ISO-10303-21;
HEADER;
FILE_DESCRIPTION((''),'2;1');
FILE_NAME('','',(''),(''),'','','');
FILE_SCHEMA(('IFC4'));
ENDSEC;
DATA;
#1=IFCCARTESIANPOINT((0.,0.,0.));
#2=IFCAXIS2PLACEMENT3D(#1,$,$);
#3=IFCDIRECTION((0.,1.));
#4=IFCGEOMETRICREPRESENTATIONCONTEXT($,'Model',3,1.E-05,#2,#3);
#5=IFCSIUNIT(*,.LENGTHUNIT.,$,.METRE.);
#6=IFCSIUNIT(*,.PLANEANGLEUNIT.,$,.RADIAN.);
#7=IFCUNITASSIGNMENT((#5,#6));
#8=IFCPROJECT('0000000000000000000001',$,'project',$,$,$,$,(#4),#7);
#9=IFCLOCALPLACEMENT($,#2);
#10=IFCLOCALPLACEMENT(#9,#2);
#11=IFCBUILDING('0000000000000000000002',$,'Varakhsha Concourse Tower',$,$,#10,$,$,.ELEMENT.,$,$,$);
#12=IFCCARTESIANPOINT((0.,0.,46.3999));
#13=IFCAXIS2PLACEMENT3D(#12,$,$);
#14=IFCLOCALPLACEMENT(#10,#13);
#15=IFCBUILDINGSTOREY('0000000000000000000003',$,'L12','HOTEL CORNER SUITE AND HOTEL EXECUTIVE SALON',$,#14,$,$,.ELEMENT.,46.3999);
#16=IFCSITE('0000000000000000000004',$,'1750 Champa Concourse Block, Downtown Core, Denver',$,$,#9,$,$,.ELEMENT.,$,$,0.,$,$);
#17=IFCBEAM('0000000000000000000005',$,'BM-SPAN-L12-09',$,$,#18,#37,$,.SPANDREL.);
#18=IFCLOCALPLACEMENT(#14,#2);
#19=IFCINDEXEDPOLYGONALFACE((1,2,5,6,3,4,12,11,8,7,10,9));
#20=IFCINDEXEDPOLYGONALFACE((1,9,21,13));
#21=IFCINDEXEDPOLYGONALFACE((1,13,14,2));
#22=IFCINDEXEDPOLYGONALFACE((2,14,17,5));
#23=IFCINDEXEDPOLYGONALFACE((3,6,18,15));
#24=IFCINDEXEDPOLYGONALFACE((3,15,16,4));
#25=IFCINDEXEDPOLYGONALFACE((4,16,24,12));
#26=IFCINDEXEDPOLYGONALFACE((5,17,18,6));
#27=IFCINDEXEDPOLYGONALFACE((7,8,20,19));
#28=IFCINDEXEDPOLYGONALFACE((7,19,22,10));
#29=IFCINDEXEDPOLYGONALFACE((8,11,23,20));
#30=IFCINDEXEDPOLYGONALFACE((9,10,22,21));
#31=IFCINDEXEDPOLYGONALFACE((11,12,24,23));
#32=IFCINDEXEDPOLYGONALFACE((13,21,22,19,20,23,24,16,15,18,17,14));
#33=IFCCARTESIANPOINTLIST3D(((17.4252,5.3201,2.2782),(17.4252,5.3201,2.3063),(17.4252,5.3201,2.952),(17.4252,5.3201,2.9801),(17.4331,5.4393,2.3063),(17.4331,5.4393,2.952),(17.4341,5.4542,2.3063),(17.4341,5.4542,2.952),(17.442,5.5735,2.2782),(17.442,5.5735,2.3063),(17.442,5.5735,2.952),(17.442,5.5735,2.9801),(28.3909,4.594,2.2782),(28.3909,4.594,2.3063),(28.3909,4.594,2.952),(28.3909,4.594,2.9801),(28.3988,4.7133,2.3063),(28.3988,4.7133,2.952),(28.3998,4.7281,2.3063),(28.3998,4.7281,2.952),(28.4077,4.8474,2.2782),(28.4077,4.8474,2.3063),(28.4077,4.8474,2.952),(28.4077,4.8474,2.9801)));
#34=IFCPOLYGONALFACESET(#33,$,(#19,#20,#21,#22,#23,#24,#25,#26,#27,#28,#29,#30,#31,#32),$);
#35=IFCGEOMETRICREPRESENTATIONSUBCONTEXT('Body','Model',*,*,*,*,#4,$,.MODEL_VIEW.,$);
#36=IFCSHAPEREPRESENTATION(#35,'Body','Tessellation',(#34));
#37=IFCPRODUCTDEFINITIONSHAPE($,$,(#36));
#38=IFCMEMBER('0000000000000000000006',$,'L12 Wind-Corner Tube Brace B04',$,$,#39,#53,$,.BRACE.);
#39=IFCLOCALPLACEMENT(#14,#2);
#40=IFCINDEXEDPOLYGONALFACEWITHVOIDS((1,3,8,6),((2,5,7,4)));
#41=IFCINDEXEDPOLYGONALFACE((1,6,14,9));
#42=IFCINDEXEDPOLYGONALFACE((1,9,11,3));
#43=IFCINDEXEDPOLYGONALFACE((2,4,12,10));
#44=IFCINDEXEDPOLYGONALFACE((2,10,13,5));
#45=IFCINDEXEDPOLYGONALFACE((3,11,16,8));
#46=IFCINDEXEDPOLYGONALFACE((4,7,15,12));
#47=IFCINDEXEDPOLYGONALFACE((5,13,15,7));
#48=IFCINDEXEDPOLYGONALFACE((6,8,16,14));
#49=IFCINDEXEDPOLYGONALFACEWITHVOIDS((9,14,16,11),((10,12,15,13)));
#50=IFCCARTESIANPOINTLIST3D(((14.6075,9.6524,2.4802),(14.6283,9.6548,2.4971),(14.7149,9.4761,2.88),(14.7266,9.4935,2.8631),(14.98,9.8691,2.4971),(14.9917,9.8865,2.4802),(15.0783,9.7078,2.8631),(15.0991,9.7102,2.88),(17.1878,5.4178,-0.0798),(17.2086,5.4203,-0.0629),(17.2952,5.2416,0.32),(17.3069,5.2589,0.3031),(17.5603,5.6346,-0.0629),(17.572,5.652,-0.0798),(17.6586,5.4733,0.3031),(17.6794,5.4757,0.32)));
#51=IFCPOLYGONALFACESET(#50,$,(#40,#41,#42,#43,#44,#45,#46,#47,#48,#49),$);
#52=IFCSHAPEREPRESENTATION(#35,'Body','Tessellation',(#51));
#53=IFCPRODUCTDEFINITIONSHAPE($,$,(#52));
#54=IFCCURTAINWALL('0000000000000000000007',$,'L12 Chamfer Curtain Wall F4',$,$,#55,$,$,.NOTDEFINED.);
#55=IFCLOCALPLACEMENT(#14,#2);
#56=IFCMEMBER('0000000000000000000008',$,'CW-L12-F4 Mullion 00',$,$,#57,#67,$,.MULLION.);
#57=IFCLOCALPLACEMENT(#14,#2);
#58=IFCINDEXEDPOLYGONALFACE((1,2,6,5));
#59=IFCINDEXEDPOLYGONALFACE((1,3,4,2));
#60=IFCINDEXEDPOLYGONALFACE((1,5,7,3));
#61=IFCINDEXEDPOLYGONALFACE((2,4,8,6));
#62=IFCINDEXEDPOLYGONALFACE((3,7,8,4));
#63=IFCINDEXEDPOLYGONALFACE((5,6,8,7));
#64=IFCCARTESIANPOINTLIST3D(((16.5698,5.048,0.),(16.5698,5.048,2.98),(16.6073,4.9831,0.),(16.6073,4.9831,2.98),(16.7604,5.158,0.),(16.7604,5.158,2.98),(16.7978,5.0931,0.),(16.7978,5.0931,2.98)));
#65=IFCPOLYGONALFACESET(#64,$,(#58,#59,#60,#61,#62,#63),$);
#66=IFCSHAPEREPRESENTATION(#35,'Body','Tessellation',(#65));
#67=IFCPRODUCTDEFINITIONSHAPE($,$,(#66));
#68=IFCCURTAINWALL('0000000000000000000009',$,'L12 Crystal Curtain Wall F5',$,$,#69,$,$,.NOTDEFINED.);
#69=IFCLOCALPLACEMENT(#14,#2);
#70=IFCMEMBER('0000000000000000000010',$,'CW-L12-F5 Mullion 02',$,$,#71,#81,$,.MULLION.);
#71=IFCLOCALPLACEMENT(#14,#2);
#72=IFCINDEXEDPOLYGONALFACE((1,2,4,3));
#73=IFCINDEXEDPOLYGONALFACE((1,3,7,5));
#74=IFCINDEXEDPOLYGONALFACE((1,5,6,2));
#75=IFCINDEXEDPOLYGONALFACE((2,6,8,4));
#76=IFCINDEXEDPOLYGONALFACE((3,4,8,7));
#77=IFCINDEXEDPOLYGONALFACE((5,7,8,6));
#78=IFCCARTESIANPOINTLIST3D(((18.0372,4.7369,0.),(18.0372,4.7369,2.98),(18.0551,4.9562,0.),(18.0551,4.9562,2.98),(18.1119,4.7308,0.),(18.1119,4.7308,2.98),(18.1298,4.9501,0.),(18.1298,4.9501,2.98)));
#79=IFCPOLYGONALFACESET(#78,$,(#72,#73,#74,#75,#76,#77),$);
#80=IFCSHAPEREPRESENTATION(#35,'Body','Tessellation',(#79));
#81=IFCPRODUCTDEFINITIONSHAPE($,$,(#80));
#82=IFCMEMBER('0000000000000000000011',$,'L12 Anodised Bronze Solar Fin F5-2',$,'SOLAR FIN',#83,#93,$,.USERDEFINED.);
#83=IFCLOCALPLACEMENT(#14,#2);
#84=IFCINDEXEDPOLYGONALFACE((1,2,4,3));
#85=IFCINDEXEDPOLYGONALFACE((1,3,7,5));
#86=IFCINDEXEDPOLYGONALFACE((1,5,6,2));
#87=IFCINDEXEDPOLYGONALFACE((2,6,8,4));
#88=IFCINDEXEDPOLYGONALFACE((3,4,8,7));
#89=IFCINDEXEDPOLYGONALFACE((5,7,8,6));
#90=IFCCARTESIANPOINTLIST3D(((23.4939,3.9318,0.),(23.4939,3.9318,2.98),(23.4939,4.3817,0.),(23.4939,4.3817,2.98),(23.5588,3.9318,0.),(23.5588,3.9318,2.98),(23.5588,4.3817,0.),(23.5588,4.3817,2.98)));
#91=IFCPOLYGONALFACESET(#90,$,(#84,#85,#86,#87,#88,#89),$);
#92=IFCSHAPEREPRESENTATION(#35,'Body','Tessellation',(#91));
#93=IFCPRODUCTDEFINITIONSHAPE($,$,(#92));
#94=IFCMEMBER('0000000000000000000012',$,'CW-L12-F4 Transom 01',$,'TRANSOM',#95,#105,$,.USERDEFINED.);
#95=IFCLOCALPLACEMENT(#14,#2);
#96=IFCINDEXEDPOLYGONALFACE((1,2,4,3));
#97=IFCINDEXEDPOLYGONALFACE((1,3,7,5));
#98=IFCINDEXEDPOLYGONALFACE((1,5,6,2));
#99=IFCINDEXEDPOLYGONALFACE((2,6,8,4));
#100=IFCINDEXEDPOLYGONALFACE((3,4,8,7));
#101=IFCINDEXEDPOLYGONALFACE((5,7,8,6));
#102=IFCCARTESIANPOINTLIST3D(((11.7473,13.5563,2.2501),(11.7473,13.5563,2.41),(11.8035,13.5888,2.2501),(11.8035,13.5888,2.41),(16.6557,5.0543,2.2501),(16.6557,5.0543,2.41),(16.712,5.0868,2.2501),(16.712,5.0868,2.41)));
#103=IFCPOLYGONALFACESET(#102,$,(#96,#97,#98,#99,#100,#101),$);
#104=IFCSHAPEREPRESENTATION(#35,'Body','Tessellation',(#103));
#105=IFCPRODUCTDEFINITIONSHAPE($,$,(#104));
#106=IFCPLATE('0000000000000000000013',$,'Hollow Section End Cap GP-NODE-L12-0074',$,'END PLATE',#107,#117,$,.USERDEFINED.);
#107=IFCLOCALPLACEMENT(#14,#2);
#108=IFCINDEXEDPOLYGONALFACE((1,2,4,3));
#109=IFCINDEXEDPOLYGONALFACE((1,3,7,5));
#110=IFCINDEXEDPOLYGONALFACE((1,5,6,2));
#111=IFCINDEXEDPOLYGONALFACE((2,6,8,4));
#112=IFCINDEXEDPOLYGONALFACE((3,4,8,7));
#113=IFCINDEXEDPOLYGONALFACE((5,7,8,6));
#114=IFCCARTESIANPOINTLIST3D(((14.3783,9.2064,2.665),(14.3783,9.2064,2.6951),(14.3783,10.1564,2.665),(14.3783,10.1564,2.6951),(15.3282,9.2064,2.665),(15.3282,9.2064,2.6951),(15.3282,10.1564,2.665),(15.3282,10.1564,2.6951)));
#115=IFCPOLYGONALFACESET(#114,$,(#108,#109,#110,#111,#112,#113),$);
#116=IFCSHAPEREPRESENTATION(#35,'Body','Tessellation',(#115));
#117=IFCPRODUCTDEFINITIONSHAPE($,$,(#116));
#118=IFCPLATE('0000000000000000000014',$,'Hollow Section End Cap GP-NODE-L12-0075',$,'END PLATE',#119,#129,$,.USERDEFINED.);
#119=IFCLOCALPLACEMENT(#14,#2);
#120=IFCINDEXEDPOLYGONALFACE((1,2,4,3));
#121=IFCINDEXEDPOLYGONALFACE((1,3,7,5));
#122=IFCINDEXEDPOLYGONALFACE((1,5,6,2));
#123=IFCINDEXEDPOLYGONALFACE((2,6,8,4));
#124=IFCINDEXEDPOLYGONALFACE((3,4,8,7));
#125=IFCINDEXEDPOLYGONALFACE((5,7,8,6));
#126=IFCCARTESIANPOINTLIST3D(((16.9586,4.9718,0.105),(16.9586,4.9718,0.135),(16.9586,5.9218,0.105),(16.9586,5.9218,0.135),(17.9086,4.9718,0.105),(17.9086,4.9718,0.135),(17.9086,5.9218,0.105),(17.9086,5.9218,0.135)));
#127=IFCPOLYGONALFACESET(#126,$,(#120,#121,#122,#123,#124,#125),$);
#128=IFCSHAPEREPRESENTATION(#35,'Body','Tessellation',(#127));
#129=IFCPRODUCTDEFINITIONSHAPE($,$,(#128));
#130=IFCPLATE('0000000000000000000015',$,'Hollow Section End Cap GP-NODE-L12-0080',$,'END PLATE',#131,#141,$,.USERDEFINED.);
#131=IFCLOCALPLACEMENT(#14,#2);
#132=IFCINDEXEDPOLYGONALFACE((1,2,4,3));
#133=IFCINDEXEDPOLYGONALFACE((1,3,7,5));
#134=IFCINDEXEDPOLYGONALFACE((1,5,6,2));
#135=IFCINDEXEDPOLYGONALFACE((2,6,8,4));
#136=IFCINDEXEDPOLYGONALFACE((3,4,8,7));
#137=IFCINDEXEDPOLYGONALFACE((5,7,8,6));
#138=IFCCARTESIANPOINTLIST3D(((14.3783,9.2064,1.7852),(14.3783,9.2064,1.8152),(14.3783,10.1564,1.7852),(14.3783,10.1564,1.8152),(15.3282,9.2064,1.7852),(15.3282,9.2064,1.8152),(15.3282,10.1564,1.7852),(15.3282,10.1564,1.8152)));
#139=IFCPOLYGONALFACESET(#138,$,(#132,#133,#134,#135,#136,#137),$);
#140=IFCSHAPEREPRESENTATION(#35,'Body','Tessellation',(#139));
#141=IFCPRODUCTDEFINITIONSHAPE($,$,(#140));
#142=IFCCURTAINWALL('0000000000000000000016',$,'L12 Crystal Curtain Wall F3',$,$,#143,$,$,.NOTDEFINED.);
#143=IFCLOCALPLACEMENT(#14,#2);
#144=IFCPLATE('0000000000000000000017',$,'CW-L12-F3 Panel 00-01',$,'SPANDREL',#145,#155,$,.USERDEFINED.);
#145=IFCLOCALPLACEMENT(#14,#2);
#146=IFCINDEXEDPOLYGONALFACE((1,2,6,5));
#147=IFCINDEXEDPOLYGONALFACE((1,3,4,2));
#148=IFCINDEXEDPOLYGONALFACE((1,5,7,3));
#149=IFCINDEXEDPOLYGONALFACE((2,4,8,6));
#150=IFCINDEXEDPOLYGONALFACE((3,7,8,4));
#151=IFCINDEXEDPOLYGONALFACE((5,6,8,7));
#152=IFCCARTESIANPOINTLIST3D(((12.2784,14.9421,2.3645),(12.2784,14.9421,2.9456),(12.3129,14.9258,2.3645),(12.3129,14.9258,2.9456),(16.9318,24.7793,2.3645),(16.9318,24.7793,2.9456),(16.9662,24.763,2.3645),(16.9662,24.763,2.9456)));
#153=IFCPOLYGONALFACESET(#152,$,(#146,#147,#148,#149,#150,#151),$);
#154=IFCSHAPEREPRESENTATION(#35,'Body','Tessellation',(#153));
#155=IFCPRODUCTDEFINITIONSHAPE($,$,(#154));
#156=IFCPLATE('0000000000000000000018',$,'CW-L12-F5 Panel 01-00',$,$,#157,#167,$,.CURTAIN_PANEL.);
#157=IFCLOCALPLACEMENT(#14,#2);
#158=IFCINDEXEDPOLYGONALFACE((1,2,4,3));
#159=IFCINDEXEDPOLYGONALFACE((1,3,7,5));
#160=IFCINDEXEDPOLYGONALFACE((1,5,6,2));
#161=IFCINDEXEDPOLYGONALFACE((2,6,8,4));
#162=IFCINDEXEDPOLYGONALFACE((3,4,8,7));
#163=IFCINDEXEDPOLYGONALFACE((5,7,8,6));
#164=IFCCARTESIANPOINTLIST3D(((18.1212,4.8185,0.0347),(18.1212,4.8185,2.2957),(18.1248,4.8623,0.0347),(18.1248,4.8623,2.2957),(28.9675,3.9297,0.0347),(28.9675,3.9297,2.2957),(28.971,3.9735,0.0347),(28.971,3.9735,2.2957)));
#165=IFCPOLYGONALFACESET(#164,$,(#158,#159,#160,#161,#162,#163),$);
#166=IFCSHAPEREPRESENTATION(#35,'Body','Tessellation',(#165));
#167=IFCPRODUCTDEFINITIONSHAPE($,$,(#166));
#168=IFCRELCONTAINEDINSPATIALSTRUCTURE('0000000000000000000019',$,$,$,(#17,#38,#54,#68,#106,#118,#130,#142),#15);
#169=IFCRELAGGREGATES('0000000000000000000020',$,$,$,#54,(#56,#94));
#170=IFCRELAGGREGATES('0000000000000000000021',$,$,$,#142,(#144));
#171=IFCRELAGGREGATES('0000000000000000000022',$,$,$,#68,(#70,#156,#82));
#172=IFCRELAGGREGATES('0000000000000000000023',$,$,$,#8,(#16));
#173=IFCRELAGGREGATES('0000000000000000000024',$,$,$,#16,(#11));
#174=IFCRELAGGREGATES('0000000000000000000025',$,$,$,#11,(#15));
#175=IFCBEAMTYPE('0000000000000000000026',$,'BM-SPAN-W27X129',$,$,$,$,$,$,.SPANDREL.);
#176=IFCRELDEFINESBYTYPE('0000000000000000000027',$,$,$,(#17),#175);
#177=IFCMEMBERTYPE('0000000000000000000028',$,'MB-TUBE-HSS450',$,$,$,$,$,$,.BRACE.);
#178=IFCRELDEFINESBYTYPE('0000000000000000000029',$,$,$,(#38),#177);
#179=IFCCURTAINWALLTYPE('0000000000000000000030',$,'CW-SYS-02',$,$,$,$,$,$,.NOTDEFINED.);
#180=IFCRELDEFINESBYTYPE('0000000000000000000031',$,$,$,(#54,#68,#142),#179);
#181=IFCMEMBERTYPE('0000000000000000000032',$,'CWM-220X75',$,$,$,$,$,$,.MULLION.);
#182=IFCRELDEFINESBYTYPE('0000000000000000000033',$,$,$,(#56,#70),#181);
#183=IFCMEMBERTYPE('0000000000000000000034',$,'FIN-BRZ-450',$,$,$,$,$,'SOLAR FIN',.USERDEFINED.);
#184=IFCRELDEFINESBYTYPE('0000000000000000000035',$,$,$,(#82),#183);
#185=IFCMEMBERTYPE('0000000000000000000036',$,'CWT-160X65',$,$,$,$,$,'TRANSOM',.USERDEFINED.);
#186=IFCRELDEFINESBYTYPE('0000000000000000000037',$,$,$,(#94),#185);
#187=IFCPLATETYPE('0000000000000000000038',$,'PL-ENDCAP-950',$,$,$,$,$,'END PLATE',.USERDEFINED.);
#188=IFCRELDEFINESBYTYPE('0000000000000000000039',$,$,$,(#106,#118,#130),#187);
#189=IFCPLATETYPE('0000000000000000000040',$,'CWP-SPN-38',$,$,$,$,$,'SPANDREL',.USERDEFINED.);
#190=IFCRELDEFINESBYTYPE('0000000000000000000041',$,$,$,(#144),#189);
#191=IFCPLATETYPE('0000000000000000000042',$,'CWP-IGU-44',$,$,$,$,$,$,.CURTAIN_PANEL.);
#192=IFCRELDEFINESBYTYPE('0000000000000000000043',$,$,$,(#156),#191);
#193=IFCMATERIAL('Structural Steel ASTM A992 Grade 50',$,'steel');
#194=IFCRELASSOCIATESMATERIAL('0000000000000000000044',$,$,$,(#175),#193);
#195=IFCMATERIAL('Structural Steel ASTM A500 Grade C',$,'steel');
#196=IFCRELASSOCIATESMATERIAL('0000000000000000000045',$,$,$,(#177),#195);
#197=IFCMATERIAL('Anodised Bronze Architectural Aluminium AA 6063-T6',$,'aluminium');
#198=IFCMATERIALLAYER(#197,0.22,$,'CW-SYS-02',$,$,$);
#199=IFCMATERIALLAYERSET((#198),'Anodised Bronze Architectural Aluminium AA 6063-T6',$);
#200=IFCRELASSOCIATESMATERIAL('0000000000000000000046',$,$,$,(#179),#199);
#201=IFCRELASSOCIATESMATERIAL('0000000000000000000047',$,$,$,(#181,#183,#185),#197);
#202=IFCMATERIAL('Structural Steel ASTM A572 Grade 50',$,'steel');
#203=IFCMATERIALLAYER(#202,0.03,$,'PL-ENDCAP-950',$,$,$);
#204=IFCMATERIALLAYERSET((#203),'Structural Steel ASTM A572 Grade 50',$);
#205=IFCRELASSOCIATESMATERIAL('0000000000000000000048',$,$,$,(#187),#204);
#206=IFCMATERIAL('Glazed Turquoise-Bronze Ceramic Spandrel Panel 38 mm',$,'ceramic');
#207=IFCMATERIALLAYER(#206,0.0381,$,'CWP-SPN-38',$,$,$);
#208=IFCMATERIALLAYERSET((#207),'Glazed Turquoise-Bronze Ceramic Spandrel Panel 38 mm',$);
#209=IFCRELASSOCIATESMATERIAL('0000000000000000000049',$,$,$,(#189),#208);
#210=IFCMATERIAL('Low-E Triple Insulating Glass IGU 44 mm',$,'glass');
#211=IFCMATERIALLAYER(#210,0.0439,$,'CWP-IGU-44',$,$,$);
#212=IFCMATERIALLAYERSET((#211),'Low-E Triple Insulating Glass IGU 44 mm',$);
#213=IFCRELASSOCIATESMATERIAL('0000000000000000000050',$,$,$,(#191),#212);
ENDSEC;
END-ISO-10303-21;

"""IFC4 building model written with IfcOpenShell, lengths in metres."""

from ifc_helpers import new_model, si_unit, direction, frame, origin, origin_2d, place, context, subcontext, project, spatial, rectangle, hollow_rectangle, i_section, extrude, source, transform, mapped, material, layer, layer_set, material_profile, profile_set, type_object, type_shapes, element, aggregate, save


model = new_model("IFC4")

# Units and contexts
model_context = context("Model", 3, precision=1e-05, world=origin(), true_north=direction((0.0, 1.0)))
body_context = subcontext(model_context, "Body", "Model", "MODEL_VIEW")
ifc_project = project(units=[si_unit("LENGTHUNIT", "METRE"), si_unit("PLANEANGLEUNIT", "RADIAN")], contexts=[model_context])

# Site, building, storey
site_placement = place(None, origin())
site = spatial("IfcSite", under=ifc_project, at=site_placement, Name="1750 Champa Concourse Block, Downtown Core, Denver", CompositionType="ELEMENT", RefElevation=0.0)
building_placement = place(site_placement, origin())
building = spatial("IfcBuilding", under=site, at=building_placement, Name="Varakhsha Concourse Tower", CompositionType="ELEMENT")
storey_placement = place(building_placement, frame((0.0, 0.0, 46.3999)))
storey = spatial("IfcBuildingStorey", under=building, at=storey_placement, Name="L12", Description="HOTEL CORNER SUITE AND HOTEL EXECUTIVE SALON", CompositionType="ELEMENT", Elevation=46.3999)

# Shared definitions
ifc_material_1 = material(Name="Structural Steel ASTM A992 Grade 50", Category="steel")
ifc_material_2 = material(Name="Structural Steel ASTM A572 Grade 50", Category="steel")

# Beam
ifc_material_profile_1 = material_profile(ifc_material_1, i_section(OverallWidth=0.2539, OverallDepth=0.7019, WebThickness=0.0149, FlangeThickness=0.0281, at=origin_2d()), Name="W27X129")
ifc_profile_set_1 = profile_set([ifc_material_profile_1], Name="Structural Steel ASTM A992 Grade 50")
beam_type_1 = type_object("IfcBeamType", Name="BM-SPAN-W27X129", PredefinedType="SPANDREL", material=ifc_profile_set_1)
beam_1_placement = place(storey_placement, frame((17.4336, 5.4468, 2.6292), z_axis=(0.997815, -0.066068, 0.0), x_axis=(0.066068, 0.997815, 0.0)))
element("IfcBeam", 1, at=beam_1_placement, inside=storey, type_object=beam_type_1, Name="BM-SPAN-L12-09", PredefinedType="SPANDREL", context=body_context, shape_type="SweptSolid", body=[
    extrude(i_section(OverallWidth=0.2539, OverallDepth=0.7019, WebThickness=0.0149, FlangeThickness=0.0281, at=origin_2d()), origin(), (0.0, 0.0, 1.0), 10.9897),
])

# Member
ifc_material_3 = material(Name="Structural Steel ASTM A500 Grade C", Category="steel")
ifc_material_profile_2 = material_profile(ifc_material_3, hollow_rectangle(XDim=0.45, YDim=0.45, WallThickness=0.019, at=origin_2d()), Name="HSS 450x450x19")
ifc_profile_set_2 = profile_set([ifc_material_profile_2], Name="Structural Steel ASTM A500 Grade C")
member_type_1 = type_object("IfcMemberType", Name="MB-TUBE-HSS450", PredefinedType="BRACE", material=ifc_profile_set_2)
shared_shape_1 = source(origin(), body_context, "Body", "SweptSolid", [
    extrude(hollow_rectangle(XDim=0.45, YDim=0.45, WallThickness=0.019, at=origin_2d()), origin(), (0.0, 0.0, 1.0), 5.5806),
])
type_shapes(member_type_1, [shared_shape_1])
member_1_placement = place(storey_placement, frame((17.4336, 5.4468, 0.1201), z_axis=(-0.462367, 0.7588, 0.458736), x_axis=(-0.853954, -0.520348, 0.0)))
element("IfcMember", 2, at=member_1_placement, inside=storey, type_object=member_type_1, Name="L12 Wind-Corner Tube Brace B04", PredefinedType="BRACE", context=body_context, shape_type="MappedRepresentation", body=[
    mapped(shared_shape_1, transform((0.0, 0.0, 0.0), scale=1.0)),
])

# Curtain wall, member
ifc_material_4 = material(Name="Anodised Bronze Architectural Aluminium AA 6063-T6", Category="aluminium")
ifc_layer_1 = layer(ifc_material_4, 0.22, Name="CW-SYS-02")
ifc_layer_set_1 = layer_set([ifc_layer_1], Name="Anodised Bronze Architectural Aluminium AA 6063-T6")
curtain_wall_type = type_object("IfcCurtainWallType", Name="CW-SYS-02", PredefinedType="NOTDEFINED", material=ifc_layer_set_1)
curtain_wall_1_placement = place(storey_placement, origin())
curtain_wall_1 = element("IfcCurtainWall", 3, at=curtain_wall_1_placement, inside=storey, type_object=curtain_wall_type, Name="L12 Chamfer Curtain Wall F4", PredefinedType="NOTDEFINED")
ifc_material_profile_3 = material_profile(ifc_material_4, rectangle(XDim=0.075, YDim=0.22, at=origin_2d()), Name="CWM-220X75")
ifc_profile_set_3 = profile_set([ifc_material_profile_3], Name="Anodised Bronze Architectural Aluminium AA 6063-T6")
member_type_2 = type_object("IfcMemberType", Name="CWM-220X75", PredefinedType="MULLION", material=ifc_profile_set_3)
shared_shape_2 = source(origin(), body_context, "Body", "SweptSolid", [
    extrude(rectangle(XDim=0.075, YDim=0.22, at=origin_2d()), origin(), (0.0, 0.0, 1.0), 2.98),
])
type_shapes(member_type_2, [shared_shape_2])
member_2_placement = place(storey_placement, frame((16.6838, 5.0706, 0.0), z_axis=(0.0, 0.0, 1.0), x_axis=(-0.499994, 0.866029, 0.0)))
member_2 = element("IfcMember", 4, at=member_2_placement, type_object=member_type_2, Name="CW-L12-F4 Mullion 00", PredefinedType="MULLION", context=body_context, shape_type="MappedRepresentation", body=[
    mapped(shared_shape_2, transform((0.0, 0.0, 0.0), scale=1.0)),
])

# Curtain wall, members
curtain_wall_2_placement = place(storey_placement, origin())
curtain_wall_2 = element("IfcCurtainWall", 5, at=curtain_wall_2_placement, inside=storey, type_object=curtain_wall_type, Name="L12 Crystal Curtain Wall F5", PredefinedType="NOTDEFINED")
member_3_placement = place(storey_placement, frame((18.0835, 4.8435, 0.0), z_axis=(0.0, 0.0, 1.0), x_axis=(-0.99666, 0.081664, 0.0)))
member_3 = element("IfcMember", 6, at=member_3_placement, type_object=member_type_2, Name="CW-L12-F5 Mullion 02", PredefinedType="MULLION", context=body_context, shape_type="MappedRepresentation", body=[
    mapped(shared_shape_2, transform((0.0, 0.0, 0.0), scale=1.0)),
])
ifc_material_profile_4 = material_profile(ifc_material_4, rectangle(XDim=0.0649, YDim=0.45, at=origin_2d()), Name="FIN-BRZ-450")
ifc_profile_set_4 = profile_set([ifc_material_profile_4], Name="Anodised Bronze Architectural Aluminium AA 6063-T6")
member_type_3 = type_object("IfcMemberType", Name="FIN-BRZ-450", ElementType="SOLAR FIN", PredefinedType="USERDEFINED", material=ifc_profile_set_4)
shared_shape_3 = source(origin(), body_context, "Body", "SweptSolid", [
    extrude(rectangle(XDim=0.0649, YDim=0.45, at=origin_2d()), origin(), (0.0, 0.0, 1.0), 2.98),
])
type_shapes(member_type_3, [shared_shape_3])
member_4_placement = place(storey_placement, frame((23.5264, 4.1567, 0.0), z_axis=(0.0, 0.0, 1.0), x_axis=(1.0, 0.0, 0.0)))
member_4 = element("IfcMember", 7, at=member_4_placement, type_object=member_type_3, Name="L12 Anodised Bronze Solar Fin F5-2", ObjectType="SOLAR FIN", PredefinedType="USERDEFINED", context=body_context, shape_type="MappedRepresentation", body=[
    mapped(shared_shape_3, transform((0.0, 0.0, 0.0), scale=1.0)),
])

# Member
ifc_material_profile_5 = material_profile(ifc_material_4, rectangle(XDim=0.0649, YDim=0.1599, at=origin_2d()), Name="CWT-160X65")
ifc_profile_set_5 = profile_set([ifc_material_profile_5], Name="Anodised Bronze Architectural Aluminium AA 6063-T6")
member_type_4 = type_object("IfcMemberType", Name="CWT-160X65", ElementType="TRANSOM", PredefinedType="USERDEFINED", material=ifc_profile_set_5)
shared_shape_4 = source(origin(), body_context, "Body", "SweptSolid", [
    extrude(rectangle(XDim=0.0649, YDim=0.1599, at=origin_2d()), origin(), (0.0, 0.0, 1.0), 9.8171),
])
type_shapes(member_type_4, [shared_shape_4])
member_5_placement = place(storey_placement, frame((16.6838, 5.0706, 2.3301), z_axis=(-0.499988, 0.866032, 0.0), x_axis=(-0.866032, -0.499988, 0.0)))
member_5 = element("IfcMember", 8, at=member_5_placement, type_object=member_type_4, Name="CW-L12-F4 Transom 01", ObjectType="TRANSOM", PredefinedType="USERDEFINED", context=body_context, shape_type="MappedRepresentation", body=[
    mapped(shared_shape_4, transform((0.0, 0.0, 0.0), scale=1.0)),
])
aggregate(curtain_wall_1, [member_2, member_5])

# Plates
ifc_layer_2 = layer(ifc_material_2, 0.03, Name="PL-ENDCAP-950")
ifc_layer_set_2 = layer_set([ifc_layer_2], Name="Structural Steel ASTM A572 Grade 50")
plate_type_1 = type_object("IfcPlateType", Name="PL-ENDCAP-950", ElementType="END PLATE", PredefinedType="USERDEFINED", material=ifc_layer_set_2)
shared_shape_5 = source(origin(), body_context, "Body", "SweptSolid", [
    extrude(rectangle(XDim=0.95, YDim=0.95, at=origin_2d()), origin(), (0.0, 0.0, 1.0), 0.03),
])
type_shapes(plate_type_1, [shared_shape_5])
for number, where, z_axis, x_axis, name in (
    (9, (14.8533, 9.6814, 2.665), (0.0, 0.0, 1.0), (1.0, 0.0, 0.0), "Hollow Section End Cap GP-NODE-L12-0074"),
    (10, (17.4336, 5.4468, 0.105), (0.0, 0.0, 1.0), (1.0, 0.0, 0.0), "Hollow Section End Cap GP-NODE-L12-0075"),
    (11, (14.8533, 9.6814, 1.7852), (0.0, 0.0, 1.0), (1.0, 0.0, 0.0), "Hollow Section End Cap GP-NODE-L12-0080"),
):
    element("IfcPlate", number, at=place(storey_placement, frame(where, z_axis=z_axis, x_axis=x_axis)), inside=storey, type_object=plate_type_1, Name=name, ObjectType="END PLATE", PredefinedType="USERDEFINED", context=body_context, shape_type="MappedRepresentation", body=[
        mapped(shared_shape_5, transform((0.0, 0.0, 0.0), scale=1.0)),
    ])

# Curtain wall, plate
curtain_wall_3_placement = place(storey_placement, origin())
curtain_wall_3 = element("IfcCurtainWall", 12, at=curtain_wall_3_placement, inside=storey, type_object=curtain_wall_type, Name="L12 Crystal Curtain Wall F3", PredefinedType="NOTDEFINED")
ifc_material_5 = material(Name="Glazed Turquoise-Bronze Ceramic Spandrel Panel 38 mm", Category="ceramic")
ifc_layer_3 = layer(ifc_material_5, 0.0381, Name="CWP-SPN-38")
ifc_layer_set_3 = layer_set([ifc_layer_3], Name="Glazed Turquoise-Bronze Ceramic Spandrel Panel 38 mm")
plate_type_2 = type_object("IfcPlateType", Name="CWP-SPN-38", ElementType="SPANDREL", PredefinedType="USERDEFINED", material=ifc_layer_set_3)
shared_shape_6 = source(origin(), body_context, "Body", "SweptSolid", [
    extrude(rectangle(XDim=10.8823, YDim=0.0381, at=origin_2d()), origin(), (0.0, 0.0, 1.0), 0.5811),
])
plate_1_placement = place(storey_placement, frame((14.6223, 19.8525, 2.3645), z_axis=(0.0, 0.0, 1.0), x_axis=(0.427604, 0.903966, 0.0)))
plate_1 = element("IfcPlate", 13, at=plate_1_placement, type_object=plate_type_2, Name="CW-L12-F3 Panel 00-01", ObjectType="SPANDREL", PredefinedType="USERDEFINED", context=body_context, shape_type="MappedRepresentation", body=[
    mapped(shared_shape_6, transform((0.0, 0.0, 0.0), scale=1.0)),
])
aggregate(curtain_wall_3, [plate_1])

# Plate
ifc_material_6 = material(Name="Low-E Triple Insulating Glass IGU 44 mm", Category="glass")
ifc_layer_4 = layer(ifc_material_6, 0.0439, Name="CWP-IGU-44")
ifc_layer_set_4 = layer_set([ifc_layer_4], Name="Low-E Triple Insulating Glass IGU 44 mm")
plate_type_3 = type_object("IfcPlateType", Name="CWP-IGU-44", PredefinedType="CURTAIN_PANEL", material=ifc_layer_set_4)
shared_shape_7 = source(origin(), body_context, "Body", "SweptSolid", [
    extrude(rectangle(XDim=10.8826, YDim=0.0439, at=origin_2d()), origin(), (0.0, 0.0, 1.0), 2.261),
])
type_shapes(plate_type_3, [shared_shape_7])
plate_2_placement = place(storey_placement, frame((23.5461, 4.396, 0.0347), z_axis=(0.0, 0.0, 1.0), x_axis=(-0.99666, 0.081664, 0.0)))
plate_2 = element("IfcPlate", 14, at=plate_2_placement, type_object=plate_type_3, Name="CW-L12-F5 Panel 01-00", PredefinedType="CURTAIN_PANEL", context=body_context, shape_type="MappedRepresentation", body=[
    mapped(shared_shape_7, transform((0.0, 0.0, 0.0), scale=1.0)),
])
aggregate(curtain_wall_2, [member_3, plate_2, member_4])

save(model, "model.ifc")
